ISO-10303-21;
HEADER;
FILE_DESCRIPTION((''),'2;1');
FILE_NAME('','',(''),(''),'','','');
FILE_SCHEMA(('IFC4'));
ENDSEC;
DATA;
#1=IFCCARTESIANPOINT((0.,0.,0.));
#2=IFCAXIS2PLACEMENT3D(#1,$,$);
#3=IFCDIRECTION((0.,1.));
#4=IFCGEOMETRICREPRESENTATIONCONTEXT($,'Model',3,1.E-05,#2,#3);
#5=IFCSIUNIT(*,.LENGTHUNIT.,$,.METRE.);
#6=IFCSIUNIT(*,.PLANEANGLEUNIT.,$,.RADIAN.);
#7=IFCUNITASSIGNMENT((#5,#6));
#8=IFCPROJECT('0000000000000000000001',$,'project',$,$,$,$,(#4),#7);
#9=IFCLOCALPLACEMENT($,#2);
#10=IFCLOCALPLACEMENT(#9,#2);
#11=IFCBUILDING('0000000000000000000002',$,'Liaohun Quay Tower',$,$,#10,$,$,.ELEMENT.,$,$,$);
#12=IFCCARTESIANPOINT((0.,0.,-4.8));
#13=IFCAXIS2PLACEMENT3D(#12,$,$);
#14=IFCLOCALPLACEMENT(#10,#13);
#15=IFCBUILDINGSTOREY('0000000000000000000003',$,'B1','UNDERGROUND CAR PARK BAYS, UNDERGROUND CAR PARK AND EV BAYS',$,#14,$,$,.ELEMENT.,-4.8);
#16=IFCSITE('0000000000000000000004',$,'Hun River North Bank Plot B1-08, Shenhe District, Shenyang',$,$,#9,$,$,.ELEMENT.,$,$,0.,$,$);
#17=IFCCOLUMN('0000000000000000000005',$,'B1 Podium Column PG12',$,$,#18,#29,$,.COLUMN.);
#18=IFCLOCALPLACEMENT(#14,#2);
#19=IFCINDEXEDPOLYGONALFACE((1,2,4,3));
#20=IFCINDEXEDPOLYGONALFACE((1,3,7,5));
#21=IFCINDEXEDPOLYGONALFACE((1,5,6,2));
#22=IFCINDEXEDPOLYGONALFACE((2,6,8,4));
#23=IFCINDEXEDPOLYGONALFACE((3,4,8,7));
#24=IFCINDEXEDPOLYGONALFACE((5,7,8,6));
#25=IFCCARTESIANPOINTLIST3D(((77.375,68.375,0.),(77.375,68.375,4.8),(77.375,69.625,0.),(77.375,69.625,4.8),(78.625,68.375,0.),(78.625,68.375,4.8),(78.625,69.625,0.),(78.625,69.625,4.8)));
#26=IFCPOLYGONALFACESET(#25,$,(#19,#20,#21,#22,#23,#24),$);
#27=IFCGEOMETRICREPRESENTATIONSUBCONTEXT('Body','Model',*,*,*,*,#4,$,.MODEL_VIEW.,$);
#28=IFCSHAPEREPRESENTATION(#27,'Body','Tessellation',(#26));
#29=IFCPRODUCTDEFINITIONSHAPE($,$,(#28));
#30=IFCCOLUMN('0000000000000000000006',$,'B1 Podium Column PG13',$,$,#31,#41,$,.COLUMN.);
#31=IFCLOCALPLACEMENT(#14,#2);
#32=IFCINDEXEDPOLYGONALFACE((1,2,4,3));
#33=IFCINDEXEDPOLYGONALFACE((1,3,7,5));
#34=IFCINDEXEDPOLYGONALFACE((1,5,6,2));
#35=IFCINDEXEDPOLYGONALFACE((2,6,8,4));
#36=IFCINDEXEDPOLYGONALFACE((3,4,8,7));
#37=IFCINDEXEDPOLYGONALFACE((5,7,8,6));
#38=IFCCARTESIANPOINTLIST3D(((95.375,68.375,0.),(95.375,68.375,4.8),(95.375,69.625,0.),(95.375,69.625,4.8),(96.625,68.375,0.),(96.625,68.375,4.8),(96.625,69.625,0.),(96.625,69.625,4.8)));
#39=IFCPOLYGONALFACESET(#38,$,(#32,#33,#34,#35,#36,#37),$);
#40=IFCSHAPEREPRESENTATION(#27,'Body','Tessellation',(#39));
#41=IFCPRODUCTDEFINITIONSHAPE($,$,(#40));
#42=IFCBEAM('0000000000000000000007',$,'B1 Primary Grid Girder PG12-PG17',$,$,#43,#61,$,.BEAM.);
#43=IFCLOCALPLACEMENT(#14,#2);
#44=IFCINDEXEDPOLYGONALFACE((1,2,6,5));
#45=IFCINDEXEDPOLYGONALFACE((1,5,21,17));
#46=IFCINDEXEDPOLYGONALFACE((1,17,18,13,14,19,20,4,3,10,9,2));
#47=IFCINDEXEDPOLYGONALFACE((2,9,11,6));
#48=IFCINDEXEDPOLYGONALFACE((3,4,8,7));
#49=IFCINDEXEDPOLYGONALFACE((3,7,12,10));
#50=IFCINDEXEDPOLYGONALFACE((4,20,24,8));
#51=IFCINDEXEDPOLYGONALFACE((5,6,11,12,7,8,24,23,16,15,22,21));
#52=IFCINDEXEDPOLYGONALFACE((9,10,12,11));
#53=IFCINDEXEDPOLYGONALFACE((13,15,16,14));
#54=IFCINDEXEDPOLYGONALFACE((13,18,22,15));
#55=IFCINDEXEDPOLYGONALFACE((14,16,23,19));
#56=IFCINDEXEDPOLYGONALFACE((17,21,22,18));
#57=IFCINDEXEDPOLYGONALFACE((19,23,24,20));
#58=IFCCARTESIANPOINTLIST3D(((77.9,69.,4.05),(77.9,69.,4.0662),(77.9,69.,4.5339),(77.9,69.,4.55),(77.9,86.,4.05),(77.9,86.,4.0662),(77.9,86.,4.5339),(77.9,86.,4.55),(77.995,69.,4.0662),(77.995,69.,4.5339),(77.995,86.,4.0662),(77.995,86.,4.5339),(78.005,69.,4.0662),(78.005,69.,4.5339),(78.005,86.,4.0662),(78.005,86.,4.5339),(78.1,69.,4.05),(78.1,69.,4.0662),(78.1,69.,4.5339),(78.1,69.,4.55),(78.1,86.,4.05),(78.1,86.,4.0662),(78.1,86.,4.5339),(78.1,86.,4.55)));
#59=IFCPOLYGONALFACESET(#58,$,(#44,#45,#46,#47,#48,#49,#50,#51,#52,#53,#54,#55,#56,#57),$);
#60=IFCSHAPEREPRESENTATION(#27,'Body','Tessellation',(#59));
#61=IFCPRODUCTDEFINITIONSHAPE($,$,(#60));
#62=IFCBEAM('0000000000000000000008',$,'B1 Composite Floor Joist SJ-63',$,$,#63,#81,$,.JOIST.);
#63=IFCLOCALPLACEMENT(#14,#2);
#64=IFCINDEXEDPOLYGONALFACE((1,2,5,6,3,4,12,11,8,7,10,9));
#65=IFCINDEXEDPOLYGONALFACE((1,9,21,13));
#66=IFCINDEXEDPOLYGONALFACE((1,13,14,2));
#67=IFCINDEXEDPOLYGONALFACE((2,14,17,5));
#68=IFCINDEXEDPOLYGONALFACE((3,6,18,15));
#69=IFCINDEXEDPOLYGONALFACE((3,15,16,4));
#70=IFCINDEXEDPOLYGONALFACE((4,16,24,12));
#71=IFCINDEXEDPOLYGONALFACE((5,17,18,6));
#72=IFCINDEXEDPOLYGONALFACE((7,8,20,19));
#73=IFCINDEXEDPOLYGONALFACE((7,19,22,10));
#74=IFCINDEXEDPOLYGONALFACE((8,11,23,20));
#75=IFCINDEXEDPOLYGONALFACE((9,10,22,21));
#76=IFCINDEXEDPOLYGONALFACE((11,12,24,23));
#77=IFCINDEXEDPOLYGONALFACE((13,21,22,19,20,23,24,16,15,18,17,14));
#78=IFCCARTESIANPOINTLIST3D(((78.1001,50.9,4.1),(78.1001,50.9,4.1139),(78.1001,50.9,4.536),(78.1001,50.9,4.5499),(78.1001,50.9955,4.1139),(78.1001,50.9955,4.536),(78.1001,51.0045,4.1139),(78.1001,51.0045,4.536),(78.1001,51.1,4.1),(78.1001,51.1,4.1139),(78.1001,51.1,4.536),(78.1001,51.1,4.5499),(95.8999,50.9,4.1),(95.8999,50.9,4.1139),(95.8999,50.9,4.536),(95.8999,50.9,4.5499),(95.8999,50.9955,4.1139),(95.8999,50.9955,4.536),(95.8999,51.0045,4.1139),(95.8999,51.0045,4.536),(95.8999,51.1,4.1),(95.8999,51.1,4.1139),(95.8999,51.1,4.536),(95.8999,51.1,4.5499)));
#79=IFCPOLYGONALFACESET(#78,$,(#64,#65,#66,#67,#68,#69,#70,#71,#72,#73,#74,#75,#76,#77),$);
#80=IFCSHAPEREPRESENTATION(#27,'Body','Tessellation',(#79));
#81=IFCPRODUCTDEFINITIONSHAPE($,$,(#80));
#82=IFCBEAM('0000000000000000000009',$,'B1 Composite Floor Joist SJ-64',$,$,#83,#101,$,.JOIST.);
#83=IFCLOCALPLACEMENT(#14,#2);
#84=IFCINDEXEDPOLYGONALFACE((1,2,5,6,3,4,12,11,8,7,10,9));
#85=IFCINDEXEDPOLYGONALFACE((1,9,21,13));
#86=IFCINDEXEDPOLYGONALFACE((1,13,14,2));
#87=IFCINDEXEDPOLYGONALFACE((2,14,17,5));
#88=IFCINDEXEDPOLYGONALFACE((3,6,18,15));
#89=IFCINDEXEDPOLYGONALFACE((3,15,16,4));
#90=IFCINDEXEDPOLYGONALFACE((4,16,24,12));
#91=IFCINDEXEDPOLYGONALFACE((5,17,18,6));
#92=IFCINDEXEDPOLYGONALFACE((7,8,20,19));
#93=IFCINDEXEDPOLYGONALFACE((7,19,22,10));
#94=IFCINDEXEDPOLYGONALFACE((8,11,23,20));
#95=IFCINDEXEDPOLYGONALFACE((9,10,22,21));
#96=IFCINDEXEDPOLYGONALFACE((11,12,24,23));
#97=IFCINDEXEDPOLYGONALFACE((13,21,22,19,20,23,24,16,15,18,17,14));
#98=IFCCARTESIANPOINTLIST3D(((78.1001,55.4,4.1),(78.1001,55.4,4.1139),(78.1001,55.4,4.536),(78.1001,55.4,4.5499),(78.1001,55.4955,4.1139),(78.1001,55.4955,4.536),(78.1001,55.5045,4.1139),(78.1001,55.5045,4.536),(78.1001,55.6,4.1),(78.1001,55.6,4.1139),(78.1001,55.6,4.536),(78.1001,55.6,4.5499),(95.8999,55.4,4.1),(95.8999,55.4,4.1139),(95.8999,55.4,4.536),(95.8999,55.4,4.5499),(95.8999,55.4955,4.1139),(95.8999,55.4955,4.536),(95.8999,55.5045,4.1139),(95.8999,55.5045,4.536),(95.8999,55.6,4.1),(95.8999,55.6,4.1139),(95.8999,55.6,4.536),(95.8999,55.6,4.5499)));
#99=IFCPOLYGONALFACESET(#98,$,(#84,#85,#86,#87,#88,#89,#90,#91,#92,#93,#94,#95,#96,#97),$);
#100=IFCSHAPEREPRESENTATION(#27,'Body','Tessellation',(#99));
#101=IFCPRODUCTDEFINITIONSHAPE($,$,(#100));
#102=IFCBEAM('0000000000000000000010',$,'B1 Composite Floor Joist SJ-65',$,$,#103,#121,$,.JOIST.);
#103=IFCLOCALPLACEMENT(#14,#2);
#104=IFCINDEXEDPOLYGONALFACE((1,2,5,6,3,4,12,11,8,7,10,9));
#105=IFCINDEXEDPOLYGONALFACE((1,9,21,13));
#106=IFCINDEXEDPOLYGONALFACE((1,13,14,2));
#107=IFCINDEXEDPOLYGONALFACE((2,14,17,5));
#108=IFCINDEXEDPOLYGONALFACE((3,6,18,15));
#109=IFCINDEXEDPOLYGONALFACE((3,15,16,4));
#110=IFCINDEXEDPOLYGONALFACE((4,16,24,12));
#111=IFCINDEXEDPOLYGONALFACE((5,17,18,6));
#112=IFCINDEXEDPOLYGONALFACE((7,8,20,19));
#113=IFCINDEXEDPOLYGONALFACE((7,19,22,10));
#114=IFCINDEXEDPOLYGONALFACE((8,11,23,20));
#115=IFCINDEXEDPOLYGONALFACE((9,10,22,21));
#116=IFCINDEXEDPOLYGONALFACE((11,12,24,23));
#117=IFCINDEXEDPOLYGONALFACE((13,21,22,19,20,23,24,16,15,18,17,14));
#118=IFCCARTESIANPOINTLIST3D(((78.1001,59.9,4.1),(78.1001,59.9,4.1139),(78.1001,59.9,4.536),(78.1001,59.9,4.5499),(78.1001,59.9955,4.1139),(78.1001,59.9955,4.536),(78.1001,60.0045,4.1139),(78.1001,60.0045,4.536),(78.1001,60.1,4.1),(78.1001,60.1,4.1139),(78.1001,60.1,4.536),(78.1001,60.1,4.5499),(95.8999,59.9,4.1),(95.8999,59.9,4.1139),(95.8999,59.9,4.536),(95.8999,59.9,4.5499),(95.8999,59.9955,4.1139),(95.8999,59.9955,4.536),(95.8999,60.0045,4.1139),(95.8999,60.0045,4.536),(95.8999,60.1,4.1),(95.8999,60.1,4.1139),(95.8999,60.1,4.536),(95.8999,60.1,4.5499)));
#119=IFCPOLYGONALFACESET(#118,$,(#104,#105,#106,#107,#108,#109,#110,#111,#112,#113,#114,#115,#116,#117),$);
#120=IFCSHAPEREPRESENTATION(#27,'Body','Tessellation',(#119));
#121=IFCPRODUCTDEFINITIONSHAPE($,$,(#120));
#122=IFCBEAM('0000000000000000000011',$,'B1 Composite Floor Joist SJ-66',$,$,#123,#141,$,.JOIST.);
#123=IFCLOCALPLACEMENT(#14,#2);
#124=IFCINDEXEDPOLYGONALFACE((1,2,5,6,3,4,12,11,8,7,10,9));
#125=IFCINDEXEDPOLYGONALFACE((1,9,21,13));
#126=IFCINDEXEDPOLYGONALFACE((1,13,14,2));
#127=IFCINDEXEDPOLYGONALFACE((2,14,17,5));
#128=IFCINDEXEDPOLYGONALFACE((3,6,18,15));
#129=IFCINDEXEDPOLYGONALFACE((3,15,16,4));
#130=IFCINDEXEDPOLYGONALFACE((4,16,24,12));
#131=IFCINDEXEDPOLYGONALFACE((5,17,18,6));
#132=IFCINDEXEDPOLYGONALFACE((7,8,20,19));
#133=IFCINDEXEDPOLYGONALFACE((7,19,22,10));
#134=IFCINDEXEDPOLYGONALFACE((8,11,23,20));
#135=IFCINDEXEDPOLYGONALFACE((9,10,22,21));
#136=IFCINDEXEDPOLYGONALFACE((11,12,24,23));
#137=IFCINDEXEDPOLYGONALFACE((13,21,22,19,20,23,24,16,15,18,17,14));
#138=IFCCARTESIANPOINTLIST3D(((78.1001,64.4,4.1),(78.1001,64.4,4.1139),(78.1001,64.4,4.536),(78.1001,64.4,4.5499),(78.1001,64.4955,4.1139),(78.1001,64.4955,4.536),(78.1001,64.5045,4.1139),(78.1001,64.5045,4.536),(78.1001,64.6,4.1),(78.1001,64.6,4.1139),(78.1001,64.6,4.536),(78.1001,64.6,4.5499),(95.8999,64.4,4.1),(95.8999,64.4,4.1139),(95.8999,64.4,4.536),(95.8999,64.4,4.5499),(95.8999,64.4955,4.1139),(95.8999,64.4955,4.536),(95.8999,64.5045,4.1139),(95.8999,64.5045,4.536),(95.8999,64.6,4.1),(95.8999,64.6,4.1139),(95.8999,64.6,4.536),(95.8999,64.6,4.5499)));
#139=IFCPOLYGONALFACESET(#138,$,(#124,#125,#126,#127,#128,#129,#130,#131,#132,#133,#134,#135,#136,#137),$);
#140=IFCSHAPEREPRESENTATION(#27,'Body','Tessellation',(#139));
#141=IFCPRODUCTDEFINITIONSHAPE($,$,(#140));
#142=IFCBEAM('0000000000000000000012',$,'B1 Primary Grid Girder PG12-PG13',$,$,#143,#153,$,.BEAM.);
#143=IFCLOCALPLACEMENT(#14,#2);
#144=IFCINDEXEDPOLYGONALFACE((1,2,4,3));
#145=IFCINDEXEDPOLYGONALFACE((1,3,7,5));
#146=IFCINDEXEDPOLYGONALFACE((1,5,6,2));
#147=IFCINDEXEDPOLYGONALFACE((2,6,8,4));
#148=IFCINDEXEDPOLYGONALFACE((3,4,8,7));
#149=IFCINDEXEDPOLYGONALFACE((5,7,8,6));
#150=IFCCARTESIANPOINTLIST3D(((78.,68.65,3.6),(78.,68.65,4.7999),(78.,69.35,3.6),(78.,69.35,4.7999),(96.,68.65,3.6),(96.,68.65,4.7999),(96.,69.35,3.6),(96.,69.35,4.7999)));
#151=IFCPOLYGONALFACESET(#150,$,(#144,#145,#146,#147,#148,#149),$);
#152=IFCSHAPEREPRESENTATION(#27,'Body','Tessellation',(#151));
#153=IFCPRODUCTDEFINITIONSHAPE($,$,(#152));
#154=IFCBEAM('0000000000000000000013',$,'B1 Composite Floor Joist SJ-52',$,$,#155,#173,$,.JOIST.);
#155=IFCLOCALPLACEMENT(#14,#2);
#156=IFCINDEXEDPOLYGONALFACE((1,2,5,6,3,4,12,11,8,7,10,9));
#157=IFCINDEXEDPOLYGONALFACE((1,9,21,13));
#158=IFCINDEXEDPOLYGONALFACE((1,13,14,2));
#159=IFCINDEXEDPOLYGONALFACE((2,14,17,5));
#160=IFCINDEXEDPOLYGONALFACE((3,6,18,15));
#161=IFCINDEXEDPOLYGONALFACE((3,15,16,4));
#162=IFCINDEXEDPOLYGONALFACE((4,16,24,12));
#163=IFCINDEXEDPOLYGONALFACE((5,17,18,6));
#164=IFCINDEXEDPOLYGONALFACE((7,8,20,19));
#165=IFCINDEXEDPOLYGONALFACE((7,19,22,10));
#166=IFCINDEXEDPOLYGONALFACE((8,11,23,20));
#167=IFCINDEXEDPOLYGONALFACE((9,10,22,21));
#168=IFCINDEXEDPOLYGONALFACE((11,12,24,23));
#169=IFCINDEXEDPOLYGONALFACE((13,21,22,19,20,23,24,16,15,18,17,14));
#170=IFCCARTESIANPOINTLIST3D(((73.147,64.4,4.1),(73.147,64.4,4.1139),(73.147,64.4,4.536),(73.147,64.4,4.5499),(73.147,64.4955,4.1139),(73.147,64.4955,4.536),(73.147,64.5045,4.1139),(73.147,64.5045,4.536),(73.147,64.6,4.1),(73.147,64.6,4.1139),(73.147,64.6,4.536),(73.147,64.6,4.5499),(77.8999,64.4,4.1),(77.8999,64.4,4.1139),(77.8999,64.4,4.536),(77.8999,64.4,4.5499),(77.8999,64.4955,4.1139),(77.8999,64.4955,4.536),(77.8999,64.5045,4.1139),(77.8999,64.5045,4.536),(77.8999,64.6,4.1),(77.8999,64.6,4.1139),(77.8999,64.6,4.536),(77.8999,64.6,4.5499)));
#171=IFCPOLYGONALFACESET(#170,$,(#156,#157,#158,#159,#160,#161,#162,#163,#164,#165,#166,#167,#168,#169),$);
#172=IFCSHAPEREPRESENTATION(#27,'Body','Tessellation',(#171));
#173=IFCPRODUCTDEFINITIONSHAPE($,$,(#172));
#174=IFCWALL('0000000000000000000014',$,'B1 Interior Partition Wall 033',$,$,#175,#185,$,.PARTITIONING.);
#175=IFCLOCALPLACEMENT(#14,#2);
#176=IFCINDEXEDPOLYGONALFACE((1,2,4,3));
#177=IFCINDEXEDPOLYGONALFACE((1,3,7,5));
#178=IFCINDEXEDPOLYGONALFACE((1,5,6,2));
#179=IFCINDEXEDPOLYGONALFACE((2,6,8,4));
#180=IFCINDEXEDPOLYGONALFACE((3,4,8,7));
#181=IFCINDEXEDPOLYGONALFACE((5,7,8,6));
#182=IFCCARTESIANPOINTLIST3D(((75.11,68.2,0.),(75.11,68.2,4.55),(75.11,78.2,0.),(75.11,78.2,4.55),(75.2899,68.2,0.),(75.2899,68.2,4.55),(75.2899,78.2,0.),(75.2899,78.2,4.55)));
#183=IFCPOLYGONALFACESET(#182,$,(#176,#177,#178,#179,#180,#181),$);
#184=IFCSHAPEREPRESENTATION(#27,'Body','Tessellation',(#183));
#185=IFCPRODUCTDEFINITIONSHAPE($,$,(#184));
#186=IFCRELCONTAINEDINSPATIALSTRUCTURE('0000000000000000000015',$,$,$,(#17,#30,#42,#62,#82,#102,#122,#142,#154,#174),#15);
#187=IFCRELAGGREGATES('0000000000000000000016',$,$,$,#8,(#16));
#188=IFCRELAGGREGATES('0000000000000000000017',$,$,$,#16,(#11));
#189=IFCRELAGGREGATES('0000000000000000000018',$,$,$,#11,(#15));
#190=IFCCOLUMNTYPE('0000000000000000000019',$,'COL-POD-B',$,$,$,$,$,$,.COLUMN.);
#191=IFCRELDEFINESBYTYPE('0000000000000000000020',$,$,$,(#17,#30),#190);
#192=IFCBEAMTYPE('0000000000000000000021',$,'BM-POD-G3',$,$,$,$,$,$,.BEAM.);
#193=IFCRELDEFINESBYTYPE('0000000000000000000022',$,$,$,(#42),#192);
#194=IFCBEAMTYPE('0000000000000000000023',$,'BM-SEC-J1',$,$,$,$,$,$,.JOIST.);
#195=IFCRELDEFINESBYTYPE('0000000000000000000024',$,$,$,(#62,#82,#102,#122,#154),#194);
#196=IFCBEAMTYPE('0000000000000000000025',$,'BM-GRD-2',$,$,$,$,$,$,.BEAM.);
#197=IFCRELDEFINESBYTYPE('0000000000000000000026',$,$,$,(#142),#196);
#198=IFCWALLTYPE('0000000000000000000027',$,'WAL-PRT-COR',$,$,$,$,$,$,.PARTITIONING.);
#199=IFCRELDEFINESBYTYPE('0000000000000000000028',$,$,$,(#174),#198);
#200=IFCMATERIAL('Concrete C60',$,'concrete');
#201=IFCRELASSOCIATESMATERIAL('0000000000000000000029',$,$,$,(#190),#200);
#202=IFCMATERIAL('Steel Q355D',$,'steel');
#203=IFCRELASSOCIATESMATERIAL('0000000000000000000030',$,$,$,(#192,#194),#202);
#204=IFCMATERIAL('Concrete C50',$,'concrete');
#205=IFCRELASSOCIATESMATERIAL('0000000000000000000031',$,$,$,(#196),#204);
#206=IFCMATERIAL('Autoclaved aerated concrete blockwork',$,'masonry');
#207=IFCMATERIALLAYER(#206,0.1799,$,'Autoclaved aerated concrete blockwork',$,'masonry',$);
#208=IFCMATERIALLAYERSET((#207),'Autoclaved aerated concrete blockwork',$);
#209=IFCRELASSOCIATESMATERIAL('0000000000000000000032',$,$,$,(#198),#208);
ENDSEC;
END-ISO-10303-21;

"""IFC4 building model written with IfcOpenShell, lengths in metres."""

from ifc_helpers import new_model, si_unit, direction, frame, frame_2d, origin, origin_2d, place, context, subcontext, project, spatial, rectangle, i_section, extrude, source, transform, mapped, material, layer, layer_set, material_profile, profile_set, type_object, element, save


model = new_model("IFC4")

# Units and contexts
model_context = context("Model", 3, precision=1e-05, world=origin(), true_north=direction((0.0, 1.0)))
body_context = subcontext(model_context, "Body", "Model", "MODEL_VIEW")
ifc_project = project(units=[si_unit("LENGTHUNIT", "METRE"), si_unit("PLANEANGLEUNIT", "RADIAN")], contexts=[model_context])

# Site, building, storey
site_placement = place(None, origin())
site = spatial("IfcSite", under=ifc_project, at=site_placement, Name="Hun River North Bank Plot B1-08, Shenhe District, Shenyang", CompositionType="ELEMENT", RefElevation=0.0)
building_placement = place(site_placement, origin())
building = spatial("IfcBuilding", under=site, at=building_placement, Name="Liaohun Quay Tower", CompositionType="ELEMENT")
storey_placement = place(building_placement, frame((0.0, 0.0, -4.8)))
storey = spatial("IfcBuildingStorey", under=building, at=storey_placement, Name="B1", Description="UNDERGROUND CAR PARK BAYS, UNDERGROUND CAR PARK AND EV BAYS", CompositionType="ELEMENT", Elevation=-4.8)

# Columns
ifc_material_1 = material(Name="Concrete C60", Category="concrete")
ifc_material_profile_1 = material_profile(ifc_material_1, rectangle(XDim=1.25, YDim=1.25, at=origin_2d()), Name="RC1250x1250")
ifc_profile_set_1 = profile_set([ifc_material_profile_1], Name="Concrete C60")
column_type = type_object("IfcColumnType", Name="COL-POD-B", PredefinedType="COLUMN", material=ifc_profile_set_1)
shared_shape_1 = source(origin(), body_context, "Body", "SweptSolid", [
    extrude(rectangle(XDim=1.25, YDim=1.25, at=origin_2d()), origin(), (0.0, 0.0, 1.0), 4.8),
])
for number, where, z_axis, x_axis, name in (
    (1, (78.0, 69.0, 0.0), (0.0, 0.0, 1.0), (1.0, 0.0, 0.0), "B1 Podium Column PG12"),
    (2, (96.0, 69.0, 0.0), (0.0, 0.0, 1.0), (1.0, 0.0, 0.0), "B1 Podium Column PG13"),
):
    element("IfcColumn", number, at=place(storey_placement, frame(where, z_axis=z_axis, x_axis=x_axis)), inside=storey, type_object=column_type, Name=name, PredefinedType="COLUMN", context=body_context, shape_type="MappedRepresentation", body=[
        mapped(shared_shape_1, transform((0.0, 0.0, 0.0), x_axis=(1.0, 0.0, 0.0), y_axis=(0.0, 1.0, 0.0), z_axis=(0.0, 0.0, 1.0), scale=1.0)),
    ])

# Beams
ifc_material_2 = material(Name="Steel Q355D", Category="steel")
ifc_material_profile_2 = material_profile(ifc_material_2, i_section(OverallWidth=0.2, OverallDepth=0.5, WebThickness=0.01, FlangeThickness=0.0161, at=origin_2d()), Name="HN500x200x10x16")
ifc_profile_set_2 = profile_set([ifc_material_profile_2], Name="Steel Q355D")
beam_type_1 = type_object("IfcBeamType", Name="BM-POD-G3", PredefinedType="BEAM", material=ifc_profile_set_2)
shared_shape_2 = source(origin(), body_context, "Body", "SweptSolid", [
    extrude(i_section(OverallWidth=0.2, OverallDepth=0.5, WebThickness=0.01, FlangeThickness=0.0161, at=origin_2d()), origin(), (0.0, 0.0, 1.0), 17.0),
])
beam_1_placement = place(storey_placement, frame((78.0, 69.0, 4.3), z_axis=(0.0, 1.0, 0.0), x_axis=(-1.0, 0.0, 0.0)))
element("IfcBeam", 3, at=beam_1_placement, inside=storey, type_object=beam_type_1, Name="B1 Primary Grid Girder PG12-PG17", PredefinedType="BEAM", context=body_context, shape_type="MappedRepresentation", body=[
    mapped(shared_shape_2, transform((0.0, 0.0, 0.0), x_axis=(1.0, 0.0, 0.0), y_axis=(0.0, 1.0, 0.0), z_axis=(0.0, 0.0, 1.0), scale=1.0)),
])
ifc_material_profile_3 = material_profile(ifc_material_2, i_section(OverallWidth=0.2, OverallDepth=0.45, WebThickness=0.009, FlangeThickness=0.0139, at=origin_2d()), Name="HN450x200x9x14")
ifc_profile_set_3 = profile_set([ifc_material_profile_3], Name="Steel Q355D")
beam_type_2 = type_object("IfcBeamType", Name="BM-SEC-J1", PredefinedType="JOIST", material=ifc_profile_set_3)
shared_shape_3 = source(origin(), body_context, "Body", "SweptSolid", [
    extrude(i_section(OverallWidth=0.2, OverallDepth=0.45, WebThickness=0.009, FlangeThickness=0.0139, at=origin_2d()), origin(), (0.0, 0.0, 1.0), 17.7998),
])
for number, where, z_axis, x_axis, name in (
    (4, (78.1001, 51.0, 4.325), (1.0, 0.0, 0.0), (0.0, 1.0, 0.0), "B1 Composite Floor Joist SJ-63"),
    (5, (78.1001, 55.5, 4.325), (1.0, 0.0, 0.0), (0.0, 1.0, 0.0), "B1 Composite Floor Joist SJ-64"),
    (6, (78.1001, 60.0, 4.325), (1.0, 0.0, 0.0), (0.0, 1.0, 0.0), "B1 Composite Floor Joist SJ-65"),
    (7, (78.1001, 64.5, 4.325), (1.0, 0.0, 0.0), (0.0, 1.0, 0.0), "B1 Composite Floor Joist SJ-66"),
):
    element("IfcBeam", number, at=place(storey_placement, frame(where, z_axis=z_axis, x_axis=x_axis)), inside=storey, type_object=beam_type_2, Name=name, PredefinedType="JOIST", context=body_context, shape_type="MappedRepresentation", body=[
        mapped(shared_shape_3, transform((0.0, 0.0, 0.0), x_axis=(1.0, 0.0, 0.0), y_axis=(0.0, 1.0, 0.0), z_axis=(0.0, 0.0, 1.0), scale=1.0)),
    ])
ifc_material_3 = material(Name="Concrete C50", Category="concrete")
ifc_material_profile_4 = material_profile(ifc_material_3, rectangle(XDim=0.7, YDim=1.2, at=origin_2d()), Name="RC700x1200")
ifc_profile_set_4 = profile_set([ifc_material_profile_4], Name="Concrete C50")
beam_type_3 = type_object("IfcBeamType", Name="BM-GRD-2", PredefinedType="BEAM", material=ifc_profile_set_4)
shared_shape_4 = source(origin(), body_context, "Body", "SweptSolid", [
    extrude(rectangle(XDim=0.7, YDim=1.2, at=origin_2d()), origin(), (0.0, 0.0, 1.0), 18.0),
])
beam_2_placement = place(storey_placement, frame((78.0, 69.0, 4.2), z_axis=(1.0, 0.0, 0.0), x_axis=(0.0, 1.0, 0.0)))
element("IfcBeam", 8, at=beam_2_placement, inside=storey, type_object=beam_type_3, Name="B1 Primary Grid Girder PG12-PG13", PredefinedType="BEAM", context=body_context, shape_type="MappedRepresentation", body=[
    mapped(shared_shape_4, transform((0.0, 0.0, 0.0), x_axis=(1.0, 0.0, 0.0), y_axis=(0.0, 1.0, 0.0), z_axis=(0.0, 0.0, 1.0), scale=1.0)),
])
shared_shape_5 = source(origin(), body_context, "Body", "SweptSolid", [
    extrude(i_section(OverallWidth=0.2, OverallDepth=0.45, WebThickness=0.009, FlangeThickness=0.0139, at=origin_2d()), origin(), (0.0, 0.0, 1.0), 4.7529),
])
beam_3_placement = place(storey_placement, frame((73.147, 64.5, 4.325), z_axis=(1.0, 0.0, 0.0), x_axis=(0.0, 1.0, 0.0)))
element("IfcBeam", 9, at=beam_3_placement, inside=storey, type_object=beam_type_2, Name="B1 Composite Floor Joist SJ-52", PredefinedType="JOIST", context=body_context, shape_type="MappedRepresentation", body=[
    mapped(shared_shape_5, transform((0.0, 0.0, 0.0), x_axis=(1.0, 0.0, 0.0), y_axis=(0.0, 1.0, 0.0), z_axis=(0.0, 0.0, 1.0), scale=1.0)),
])

# Wall
ifc_material_4 = material(Name="Autoclaved aerated concrete blockwork", Category="masonry")
ifc_layer_1 = layer(ifc_material_4, 0.1799, Name="Autoclaved aerated concrete blockwork", Category="masonry")
ifc_layer_set_1 = layer_set([ifc_layer_1], Name="Autoclaved aerated concrete blockwork")
wall_type_1 = type_object("IfcWallType", Name="WAL-PRT-COR", PredefinedType="PARTITIONING", material=ifc_layer_set_1)
wall_1_placement = place(storey_placement, frame((75.2, 68.2, 0.0), z_axis=(0.0, 0.0, 1.0), x_axis=(0.0, 1.0, 0.0)))
element("IfcWall", 10, at=wall_1_placement, inside=storey, type_object=wall_type_1, Name="B1 Interior Partition Wall 033", PredefinedType="PARTITIONING", context=body_context, shape_type="SweptSolid", body=[
    extrude(rectangle(XDim=10.0, YDim=0.1799, at=frame_2d((5.0, 0.0))), origin(), (0.0, 0.0, 1.0), 4.55),
])

save(model, "model.ifc")
